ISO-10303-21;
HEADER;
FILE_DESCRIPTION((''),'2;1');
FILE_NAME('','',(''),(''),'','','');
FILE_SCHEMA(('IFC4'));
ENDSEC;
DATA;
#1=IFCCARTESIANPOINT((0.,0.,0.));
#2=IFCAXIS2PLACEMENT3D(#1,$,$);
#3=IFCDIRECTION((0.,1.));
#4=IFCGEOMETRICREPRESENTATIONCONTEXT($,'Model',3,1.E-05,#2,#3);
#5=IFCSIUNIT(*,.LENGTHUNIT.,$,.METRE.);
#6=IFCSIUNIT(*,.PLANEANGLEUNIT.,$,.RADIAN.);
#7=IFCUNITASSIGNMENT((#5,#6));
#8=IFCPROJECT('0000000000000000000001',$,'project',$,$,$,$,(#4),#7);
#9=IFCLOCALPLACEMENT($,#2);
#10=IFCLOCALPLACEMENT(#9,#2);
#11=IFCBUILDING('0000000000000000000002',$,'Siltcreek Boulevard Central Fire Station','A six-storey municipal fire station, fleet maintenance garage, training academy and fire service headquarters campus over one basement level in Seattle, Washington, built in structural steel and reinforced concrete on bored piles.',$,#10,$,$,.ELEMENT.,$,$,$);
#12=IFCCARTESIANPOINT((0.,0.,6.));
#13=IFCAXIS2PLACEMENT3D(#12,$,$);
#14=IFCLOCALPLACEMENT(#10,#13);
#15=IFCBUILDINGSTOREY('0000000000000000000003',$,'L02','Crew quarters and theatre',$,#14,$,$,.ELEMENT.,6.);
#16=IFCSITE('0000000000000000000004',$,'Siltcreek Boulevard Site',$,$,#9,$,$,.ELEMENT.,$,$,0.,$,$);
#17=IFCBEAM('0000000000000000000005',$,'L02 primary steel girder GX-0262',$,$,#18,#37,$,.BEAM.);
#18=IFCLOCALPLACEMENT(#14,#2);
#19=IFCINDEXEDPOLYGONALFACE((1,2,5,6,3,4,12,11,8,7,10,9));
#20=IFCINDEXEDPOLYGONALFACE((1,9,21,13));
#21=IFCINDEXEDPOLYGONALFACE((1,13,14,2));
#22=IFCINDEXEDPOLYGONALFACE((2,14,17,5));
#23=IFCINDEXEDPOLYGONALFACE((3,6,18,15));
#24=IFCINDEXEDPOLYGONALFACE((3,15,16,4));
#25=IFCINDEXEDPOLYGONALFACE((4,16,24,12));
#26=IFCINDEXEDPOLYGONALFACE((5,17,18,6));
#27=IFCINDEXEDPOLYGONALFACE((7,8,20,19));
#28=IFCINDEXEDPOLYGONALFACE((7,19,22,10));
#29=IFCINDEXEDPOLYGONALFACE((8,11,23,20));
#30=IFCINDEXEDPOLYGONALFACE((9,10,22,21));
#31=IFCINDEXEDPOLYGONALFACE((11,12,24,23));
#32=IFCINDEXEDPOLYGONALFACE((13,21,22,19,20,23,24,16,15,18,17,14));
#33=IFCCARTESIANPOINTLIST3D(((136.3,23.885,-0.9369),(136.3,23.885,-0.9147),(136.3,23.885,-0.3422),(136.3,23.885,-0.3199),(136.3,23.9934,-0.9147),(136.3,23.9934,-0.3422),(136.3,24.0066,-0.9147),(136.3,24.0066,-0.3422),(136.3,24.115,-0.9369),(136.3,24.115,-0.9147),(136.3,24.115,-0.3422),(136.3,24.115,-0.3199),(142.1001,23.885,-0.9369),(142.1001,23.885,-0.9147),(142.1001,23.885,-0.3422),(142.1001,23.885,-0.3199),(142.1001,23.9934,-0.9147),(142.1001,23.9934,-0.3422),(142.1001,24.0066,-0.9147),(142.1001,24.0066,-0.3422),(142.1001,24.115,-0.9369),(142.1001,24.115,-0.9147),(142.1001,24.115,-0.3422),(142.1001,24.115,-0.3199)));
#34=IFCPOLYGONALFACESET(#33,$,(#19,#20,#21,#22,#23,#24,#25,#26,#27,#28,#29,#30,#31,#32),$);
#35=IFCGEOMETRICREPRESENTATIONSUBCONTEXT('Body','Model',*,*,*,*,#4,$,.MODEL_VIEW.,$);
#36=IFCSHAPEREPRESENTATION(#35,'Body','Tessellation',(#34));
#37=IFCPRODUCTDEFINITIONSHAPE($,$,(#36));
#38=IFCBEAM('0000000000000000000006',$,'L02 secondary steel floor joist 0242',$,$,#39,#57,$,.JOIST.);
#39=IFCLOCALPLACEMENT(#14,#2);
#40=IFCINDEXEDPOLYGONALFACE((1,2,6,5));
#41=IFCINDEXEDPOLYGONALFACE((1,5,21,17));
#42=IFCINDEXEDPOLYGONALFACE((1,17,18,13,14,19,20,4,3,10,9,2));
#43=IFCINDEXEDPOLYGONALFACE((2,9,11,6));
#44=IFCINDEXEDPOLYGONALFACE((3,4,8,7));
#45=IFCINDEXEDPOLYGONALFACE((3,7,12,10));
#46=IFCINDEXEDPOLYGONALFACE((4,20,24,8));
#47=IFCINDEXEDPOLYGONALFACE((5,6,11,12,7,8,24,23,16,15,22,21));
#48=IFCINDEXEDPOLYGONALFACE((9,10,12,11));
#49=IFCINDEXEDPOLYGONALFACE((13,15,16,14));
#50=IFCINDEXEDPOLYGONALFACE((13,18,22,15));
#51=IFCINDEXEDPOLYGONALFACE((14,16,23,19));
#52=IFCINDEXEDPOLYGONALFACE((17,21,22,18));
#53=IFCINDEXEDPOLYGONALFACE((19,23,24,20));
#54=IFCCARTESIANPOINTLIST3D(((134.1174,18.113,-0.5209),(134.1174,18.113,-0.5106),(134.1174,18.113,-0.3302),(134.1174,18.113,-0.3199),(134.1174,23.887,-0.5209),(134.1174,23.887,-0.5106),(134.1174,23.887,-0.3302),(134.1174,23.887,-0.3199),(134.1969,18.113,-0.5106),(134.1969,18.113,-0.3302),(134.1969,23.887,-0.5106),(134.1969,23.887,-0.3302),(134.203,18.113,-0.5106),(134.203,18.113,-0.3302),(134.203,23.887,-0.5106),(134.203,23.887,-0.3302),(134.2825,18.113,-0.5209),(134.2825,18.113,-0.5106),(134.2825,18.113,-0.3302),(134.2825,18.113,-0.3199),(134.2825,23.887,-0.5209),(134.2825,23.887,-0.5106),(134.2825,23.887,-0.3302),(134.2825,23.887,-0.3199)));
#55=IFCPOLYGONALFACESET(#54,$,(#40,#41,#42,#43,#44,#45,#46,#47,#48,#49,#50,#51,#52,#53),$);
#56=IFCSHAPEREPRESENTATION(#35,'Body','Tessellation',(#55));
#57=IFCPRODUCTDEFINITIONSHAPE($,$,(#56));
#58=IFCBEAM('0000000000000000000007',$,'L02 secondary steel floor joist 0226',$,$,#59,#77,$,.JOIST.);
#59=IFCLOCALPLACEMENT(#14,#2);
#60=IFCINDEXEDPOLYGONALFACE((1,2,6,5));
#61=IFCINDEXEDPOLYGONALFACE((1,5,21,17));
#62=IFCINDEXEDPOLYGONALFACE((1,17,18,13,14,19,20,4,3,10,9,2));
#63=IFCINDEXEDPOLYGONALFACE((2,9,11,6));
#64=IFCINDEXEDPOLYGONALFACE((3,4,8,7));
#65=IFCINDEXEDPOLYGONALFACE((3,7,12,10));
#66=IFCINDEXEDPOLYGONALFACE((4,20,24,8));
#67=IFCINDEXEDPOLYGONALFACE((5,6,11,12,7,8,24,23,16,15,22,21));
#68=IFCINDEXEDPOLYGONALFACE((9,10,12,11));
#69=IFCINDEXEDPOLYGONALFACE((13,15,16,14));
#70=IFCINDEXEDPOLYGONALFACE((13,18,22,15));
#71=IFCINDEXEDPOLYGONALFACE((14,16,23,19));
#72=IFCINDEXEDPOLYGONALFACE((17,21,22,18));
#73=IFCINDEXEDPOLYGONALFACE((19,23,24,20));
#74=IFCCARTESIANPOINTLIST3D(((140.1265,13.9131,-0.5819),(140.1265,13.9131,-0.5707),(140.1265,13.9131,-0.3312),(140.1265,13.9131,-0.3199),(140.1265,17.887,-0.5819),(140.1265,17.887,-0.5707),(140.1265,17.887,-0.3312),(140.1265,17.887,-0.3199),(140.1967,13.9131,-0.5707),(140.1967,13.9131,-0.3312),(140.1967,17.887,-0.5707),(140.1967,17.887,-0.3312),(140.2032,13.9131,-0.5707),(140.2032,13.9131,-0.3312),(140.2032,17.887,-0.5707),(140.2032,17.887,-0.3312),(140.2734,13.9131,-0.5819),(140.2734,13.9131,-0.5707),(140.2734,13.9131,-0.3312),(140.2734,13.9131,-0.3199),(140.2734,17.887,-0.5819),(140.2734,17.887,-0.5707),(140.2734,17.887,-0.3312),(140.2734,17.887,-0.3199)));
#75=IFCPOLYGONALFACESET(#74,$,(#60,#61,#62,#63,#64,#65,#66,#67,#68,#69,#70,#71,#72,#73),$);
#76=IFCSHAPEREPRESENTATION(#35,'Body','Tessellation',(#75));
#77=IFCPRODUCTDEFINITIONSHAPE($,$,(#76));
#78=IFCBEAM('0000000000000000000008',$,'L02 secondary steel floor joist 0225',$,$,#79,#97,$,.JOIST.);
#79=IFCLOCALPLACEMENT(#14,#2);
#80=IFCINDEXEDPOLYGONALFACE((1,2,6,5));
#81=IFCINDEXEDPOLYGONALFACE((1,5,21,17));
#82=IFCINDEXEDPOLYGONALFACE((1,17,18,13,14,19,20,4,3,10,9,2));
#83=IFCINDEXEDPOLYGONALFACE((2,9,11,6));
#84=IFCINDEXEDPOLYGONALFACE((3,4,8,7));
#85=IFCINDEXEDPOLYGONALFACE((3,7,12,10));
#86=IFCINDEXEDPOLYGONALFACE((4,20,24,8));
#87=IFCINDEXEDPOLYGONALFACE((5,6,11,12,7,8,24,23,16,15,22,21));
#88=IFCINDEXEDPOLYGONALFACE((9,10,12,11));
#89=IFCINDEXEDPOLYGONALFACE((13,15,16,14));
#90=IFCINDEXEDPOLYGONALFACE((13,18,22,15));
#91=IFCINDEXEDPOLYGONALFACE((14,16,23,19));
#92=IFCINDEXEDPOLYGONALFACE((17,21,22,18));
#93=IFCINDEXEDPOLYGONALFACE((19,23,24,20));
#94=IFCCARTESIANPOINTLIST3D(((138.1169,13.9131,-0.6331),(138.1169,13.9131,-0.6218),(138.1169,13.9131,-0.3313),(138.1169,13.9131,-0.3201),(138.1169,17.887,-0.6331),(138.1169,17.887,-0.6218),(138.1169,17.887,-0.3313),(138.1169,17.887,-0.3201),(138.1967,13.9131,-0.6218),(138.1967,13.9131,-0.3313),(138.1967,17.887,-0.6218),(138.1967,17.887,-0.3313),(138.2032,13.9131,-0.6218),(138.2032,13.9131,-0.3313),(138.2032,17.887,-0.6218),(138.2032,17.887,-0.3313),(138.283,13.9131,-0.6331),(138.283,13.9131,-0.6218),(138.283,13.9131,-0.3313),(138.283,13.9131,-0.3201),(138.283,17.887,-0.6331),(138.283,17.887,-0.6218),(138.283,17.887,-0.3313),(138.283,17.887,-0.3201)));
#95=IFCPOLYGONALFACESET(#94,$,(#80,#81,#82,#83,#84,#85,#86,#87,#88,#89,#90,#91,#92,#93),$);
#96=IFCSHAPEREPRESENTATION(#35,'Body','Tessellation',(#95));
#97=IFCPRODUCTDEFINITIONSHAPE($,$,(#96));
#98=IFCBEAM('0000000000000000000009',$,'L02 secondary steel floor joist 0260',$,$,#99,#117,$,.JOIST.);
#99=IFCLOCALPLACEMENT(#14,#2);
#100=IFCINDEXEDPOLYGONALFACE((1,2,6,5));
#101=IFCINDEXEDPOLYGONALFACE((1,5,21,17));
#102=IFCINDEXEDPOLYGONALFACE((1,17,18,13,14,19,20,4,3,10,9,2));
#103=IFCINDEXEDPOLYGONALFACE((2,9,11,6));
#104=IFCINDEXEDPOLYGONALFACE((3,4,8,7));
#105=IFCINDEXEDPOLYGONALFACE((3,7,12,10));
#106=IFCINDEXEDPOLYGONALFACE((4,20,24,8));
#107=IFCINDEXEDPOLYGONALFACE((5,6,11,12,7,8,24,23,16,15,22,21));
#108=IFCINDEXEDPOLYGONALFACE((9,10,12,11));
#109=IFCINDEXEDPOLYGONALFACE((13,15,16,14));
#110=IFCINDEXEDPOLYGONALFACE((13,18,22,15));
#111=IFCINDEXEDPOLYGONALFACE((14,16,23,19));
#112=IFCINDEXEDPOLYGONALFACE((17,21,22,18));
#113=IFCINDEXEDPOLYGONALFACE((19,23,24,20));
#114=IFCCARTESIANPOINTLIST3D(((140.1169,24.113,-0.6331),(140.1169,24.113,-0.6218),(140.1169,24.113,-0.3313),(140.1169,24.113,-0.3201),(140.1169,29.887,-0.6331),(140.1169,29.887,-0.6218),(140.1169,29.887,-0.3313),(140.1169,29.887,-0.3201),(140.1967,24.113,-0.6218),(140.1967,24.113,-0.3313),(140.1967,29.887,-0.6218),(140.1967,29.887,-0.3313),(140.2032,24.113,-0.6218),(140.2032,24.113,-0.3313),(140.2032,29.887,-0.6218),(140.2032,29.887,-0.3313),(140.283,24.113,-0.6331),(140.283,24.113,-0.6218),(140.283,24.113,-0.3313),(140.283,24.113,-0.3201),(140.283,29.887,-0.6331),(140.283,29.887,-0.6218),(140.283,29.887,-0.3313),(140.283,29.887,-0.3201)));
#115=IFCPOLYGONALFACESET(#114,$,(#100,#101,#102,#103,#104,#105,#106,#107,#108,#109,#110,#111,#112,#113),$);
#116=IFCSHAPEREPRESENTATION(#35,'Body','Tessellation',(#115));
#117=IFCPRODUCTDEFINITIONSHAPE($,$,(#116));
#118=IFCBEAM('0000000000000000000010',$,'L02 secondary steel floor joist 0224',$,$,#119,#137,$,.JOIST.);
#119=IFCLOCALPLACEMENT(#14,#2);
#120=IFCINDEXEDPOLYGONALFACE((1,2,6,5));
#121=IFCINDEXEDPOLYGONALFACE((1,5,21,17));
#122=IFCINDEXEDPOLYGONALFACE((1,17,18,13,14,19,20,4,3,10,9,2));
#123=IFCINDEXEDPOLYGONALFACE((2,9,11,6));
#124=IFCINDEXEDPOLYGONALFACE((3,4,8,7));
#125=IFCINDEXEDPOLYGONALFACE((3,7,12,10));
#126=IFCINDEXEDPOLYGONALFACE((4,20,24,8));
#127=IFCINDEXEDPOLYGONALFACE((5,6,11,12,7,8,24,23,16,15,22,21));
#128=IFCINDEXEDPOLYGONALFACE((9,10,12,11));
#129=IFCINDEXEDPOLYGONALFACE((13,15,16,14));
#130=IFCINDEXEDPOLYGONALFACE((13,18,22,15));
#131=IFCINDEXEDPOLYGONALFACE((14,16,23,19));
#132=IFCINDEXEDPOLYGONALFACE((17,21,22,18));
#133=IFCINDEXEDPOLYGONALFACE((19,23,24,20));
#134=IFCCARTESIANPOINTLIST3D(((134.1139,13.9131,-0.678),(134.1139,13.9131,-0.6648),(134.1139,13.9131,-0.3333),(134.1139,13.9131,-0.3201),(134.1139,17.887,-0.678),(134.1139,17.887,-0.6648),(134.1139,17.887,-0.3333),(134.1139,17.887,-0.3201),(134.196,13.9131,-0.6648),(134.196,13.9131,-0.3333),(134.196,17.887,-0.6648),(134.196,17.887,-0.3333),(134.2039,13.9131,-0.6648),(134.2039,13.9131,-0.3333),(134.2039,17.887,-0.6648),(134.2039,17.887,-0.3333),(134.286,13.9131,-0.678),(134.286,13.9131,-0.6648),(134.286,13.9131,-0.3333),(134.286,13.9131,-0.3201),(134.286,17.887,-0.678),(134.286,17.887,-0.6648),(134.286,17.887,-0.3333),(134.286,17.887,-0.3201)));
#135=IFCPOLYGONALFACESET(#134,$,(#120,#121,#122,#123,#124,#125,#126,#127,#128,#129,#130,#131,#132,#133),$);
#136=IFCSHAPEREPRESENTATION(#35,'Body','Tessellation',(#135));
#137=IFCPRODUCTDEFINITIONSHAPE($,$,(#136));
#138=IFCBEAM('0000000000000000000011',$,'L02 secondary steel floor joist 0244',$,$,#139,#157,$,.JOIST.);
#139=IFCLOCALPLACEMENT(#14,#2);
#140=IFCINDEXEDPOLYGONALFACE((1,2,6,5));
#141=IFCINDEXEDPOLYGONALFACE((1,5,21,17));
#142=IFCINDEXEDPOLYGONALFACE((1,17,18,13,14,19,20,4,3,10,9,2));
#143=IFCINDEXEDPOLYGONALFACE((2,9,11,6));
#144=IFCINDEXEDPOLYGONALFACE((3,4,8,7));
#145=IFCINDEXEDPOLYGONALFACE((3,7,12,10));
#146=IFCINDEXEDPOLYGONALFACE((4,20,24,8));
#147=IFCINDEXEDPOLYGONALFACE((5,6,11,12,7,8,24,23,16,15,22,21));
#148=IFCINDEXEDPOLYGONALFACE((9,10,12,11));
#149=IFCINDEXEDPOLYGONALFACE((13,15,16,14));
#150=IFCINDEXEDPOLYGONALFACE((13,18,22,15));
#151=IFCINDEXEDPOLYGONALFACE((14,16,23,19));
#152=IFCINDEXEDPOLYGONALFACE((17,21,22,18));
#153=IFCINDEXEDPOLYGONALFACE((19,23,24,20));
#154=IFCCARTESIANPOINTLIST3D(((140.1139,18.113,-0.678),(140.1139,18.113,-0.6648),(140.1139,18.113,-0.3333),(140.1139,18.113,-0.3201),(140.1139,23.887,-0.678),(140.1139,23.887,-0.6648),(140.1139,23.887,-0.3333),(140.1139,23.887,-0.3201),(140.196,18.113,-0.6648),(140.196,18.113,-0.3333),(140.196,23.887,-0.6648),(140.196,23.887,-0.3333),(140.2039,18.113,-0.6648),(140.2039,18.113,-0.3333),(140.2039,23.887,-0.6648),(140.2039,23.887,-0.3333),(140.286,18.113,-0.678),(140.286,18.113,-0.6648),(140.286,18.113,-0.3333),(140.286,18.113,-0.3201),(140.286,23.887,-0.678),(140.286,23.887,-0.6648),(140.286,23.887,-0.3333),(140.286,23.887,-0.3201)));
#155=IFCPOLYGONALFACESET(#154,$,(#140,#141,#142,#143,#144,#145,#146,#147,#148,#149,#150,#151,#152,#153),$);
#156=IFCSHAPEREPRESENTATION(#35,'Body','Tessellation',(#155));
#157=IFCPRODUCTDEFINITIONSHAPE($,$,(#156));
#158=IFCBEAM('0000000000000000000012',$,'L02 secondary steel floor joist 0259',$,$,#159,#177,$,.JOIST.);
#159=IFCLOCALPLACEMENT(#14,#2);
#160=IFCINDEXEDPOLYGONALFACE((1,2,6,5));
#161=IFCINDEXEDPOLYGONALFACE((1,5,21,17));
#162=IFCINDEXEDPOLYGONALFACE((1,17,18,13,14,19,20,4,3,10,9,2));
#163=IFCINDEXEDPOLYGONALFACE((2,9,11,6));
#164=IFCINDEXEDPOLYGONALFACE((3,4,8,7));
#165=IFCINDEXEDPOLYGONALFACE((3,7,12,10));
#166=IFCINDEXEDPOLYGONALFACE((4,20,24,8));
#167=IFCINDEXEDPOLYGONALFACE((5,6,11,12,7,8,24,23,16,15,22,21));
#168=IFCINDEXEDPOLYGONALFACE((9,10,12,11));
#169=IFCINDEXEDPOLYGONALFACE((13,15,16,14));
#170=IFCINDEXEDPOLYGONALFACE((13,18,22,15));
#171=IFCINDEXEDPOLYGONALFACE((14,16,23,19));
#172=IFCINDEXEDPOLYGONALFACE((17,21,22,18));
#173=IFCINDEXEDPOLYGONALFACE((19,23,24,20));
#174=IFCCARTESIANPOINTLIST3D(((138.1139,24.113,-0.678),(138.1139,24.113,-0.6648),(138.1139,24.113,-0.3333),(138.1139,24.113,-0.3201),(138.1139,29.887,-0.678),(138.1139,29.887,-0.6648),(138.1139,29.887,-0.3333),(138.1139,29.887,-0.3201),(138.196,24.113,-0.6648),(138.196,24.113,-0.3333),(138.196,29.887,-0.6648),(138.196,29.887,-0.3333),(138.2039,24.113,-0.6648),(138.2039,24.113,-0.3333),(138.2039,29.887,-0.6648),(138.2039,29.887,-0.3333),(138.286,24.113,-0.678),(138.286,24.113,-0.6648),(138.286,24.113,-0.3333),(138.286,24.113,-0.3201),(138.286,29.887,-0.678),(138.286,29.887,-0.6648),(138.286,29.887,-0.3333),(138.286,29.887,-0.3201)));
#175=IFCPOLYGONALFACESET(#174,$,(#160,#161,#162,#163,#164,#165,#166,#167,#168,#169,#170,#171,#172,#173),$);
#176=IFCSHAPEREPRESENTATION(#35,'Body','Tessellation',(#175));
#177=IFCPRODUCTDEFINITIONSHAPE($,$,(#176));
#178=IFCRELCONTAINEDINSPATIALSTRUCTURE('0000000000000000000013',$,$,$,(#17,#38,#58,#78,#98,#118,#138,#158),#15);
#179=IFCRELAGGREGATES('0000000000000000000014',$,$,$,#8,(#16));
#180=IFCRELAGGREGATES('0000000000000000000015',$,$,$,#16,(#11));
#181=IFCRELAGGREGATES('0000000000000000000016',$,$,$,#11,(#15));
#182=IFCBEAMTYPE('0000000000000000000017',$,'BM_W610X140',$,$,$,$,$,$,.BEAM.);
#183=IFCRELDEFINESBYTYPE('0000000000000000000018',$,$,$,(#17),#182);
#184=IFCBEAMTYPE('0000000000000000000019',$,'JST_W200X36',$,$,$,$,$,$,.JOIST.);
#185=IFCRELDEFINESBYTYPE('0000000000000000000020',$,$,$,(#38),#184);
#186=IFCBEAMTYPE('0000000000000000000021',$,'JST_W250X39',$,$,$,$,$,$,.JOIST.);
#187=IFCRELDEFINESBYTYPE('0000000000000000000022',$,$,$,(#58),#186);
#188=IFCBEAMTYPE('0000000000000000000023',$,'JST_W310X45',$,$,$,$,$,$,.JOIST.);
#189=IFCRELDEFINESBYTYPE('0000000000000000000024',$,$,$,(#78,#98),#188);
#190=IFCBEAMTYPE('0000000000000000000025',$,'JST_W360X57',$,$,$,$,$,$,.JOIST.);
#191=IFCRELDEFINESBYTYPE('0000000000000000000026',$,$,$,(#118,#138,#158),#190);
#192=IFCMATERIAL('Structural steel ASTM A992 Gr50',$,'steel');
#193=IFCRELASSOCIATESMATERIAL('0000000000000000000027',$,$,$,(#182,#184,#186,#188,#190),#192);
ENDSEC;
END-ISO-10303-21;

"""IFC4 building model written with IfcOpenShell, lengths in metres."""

from ifc_helpers import new_model, si_unit, direction, frame, origin, origin_2d, place, context, subcontext, project, spatial, i_section, extrude, material, material_profile, profile_set, type_object, element, save


model = new_model("IFC4")

# Units and contexts
model_context = context("Model", 3, precision=1e-05, world=origin(), true_north=direction((0.0, 1.0)))
body_context = subcontext(model_context, "Body", "Model", "MODEL_VIEW")
ifc_project = project(units=[si_unit("LENGTHUNIT", "METRE"), si_unit("PLANEANGLEUNIT", "RADIAN")], contexts=[model_context])

# Site, building, storey
site_placement = place(None, origin())
site = spatial("IfcSite", under=ifc_project, at=site_placement, Name="Siltcreek Boulevard Site", CompositionType="ELEMENT", RefElevation=0.0)
building_placement = place(site_placement, origin())
building = spatial("IfcBuilding", under=site, at=building_placement, Name="Siltcreek Boulevard Central Fire Station", Description="A six-storey municipal fire station, fleet maintenance garage, training academy and fire service headquarters campus over one basement level in Seattle, Washington, built in structural steel and reinforced concrete on bored piles.", CompositionType="ELEMENT")
storey_placement = place(building_placement, frame((0.0, 0.0, 6.0)))
storey = spatial("IfcBuildingStorey", under=building, at=storey_placement, Name="L02", Description="Crew quarters and theatre", CompositionType="ELEMENT", Elevation=6.0)

# Shared definitions
ifc_material_1 = material(Name="Structural steel ASTM A992 Gr50", Category="steel")

# Beams
ifc_material_profile_1 = material_profile(ifc_material_1, i_section(OverallWidth=0.23, OverallDepth=0.6169, WebThickness=0.0132, FlangeThickness=0.0222, at=origin_2d()), Name="W610X140")
ifc_profile_set_1 = profile_set([ifc_material_profile_1], Name="Structural steel ASTM A992 Gr50")
beam_type_1 = type_object("IfcBeamType", Name="BM_W610X140", PredefinedType="BEAM", material=ifc_profile_set_1)
for number, where, z_axis, x_axis, name in (
    (1, (136.3, 24.0, -0.6284), (1.0, 0.0, 0.0), (0.0, 1.0, 0.0), "L02 primary steel girder GX-0262"),
):
    element("IfcBeam", number, at=place(storey_placement, frame(where, z_axis=z_axis, x_axis=x_axis)), inside=storey, type_object=beam_type_1, Name=name, PredefinedType="BEAM", context=body_context, shape_type="SweptSolid", body=[
        extrude(i_section(OverallWidth=0.23, OverallDepth=0.6169, WebThickness=0.0132, FlangeThickness=0.0222, at=origin_2d()), origin(), (0.0, 0.0, 1.0), 5.8),
    ])
ifc_material_profile_2 = material_profile(ifc_material_1, i_section(OverallWidth=0.165, OverallDepth=0.2009, WebThickness=0.0061, FlangeThickness=0.0103, at=origin_2d()), Name="W200X36")
ifc_profile_set_2 = profile_set([ifc_material_profile_2], Name="Structural steel ASTM A992 Gr50")
beam_type_2 = type_object("IfcBeamType", Name="JST_W200X36", PredefinedType="JOIST", material=ifc_profile_set_2)
beam_1_placement = place(storey_placement, frame((134.2, 18.113, -0.4204), z_axis=(0.0, 1.0, 0.0), x_axis=(-1.0, 0.0, 0.0)))
element("IfcBeam", 2, at=beam_1_placement, inside=storey, type_object=beam_type_2, Name="L02 secondary steel floor joist 0242", PredefinedType="JOIST", context=body_context, shape_type="SweptSolid", body=[
    extrude(i_section(OverallWidth=0.165, OverallDepth=0.2009, WebThickness=0.0061, FlangeThickness=0.0103, at=origin_2d()), origin(), (0.0, 0.0, 1.0), 5.7739),
])
ifc_material_profile_3 = material_profile(ifc_material_1, i_section(OverallWidth=0.147, OverallDepth=0.262, WebThickness=0.0066, FlangeThickness=0.0112, at=origin_2d()), Name="W250X39")
ifc_profile_set_3 = profile_set([ifc_material_profile_3], Name="Structural steel ASTM A992 Gr50")
beam_type_3 = type_object("IfcBeamType", Name="JST_W250X39", PredefinedType="JOIST", material=ifc_profile_set_3)
beam_2_placement = place(storey_placement, frame((140.2, 13.9131, -0.4509), z_axis=(0.0, 1.0, 0.0), x_axis=(-1.0, 0.0, 0.0)))
element("IfcBeam", 3, at=beam_2_placement, inside=storey, type_object=beam_type_3, Name="L02 secondary steel floor joist 0226", PredefinedType="JOIST", context=body_context, shape_type="SweptSolid", body=[
    extrude(i_section(OverallWidth=0.147, OverallDepth=0.262, WebThickness=0.0066, FlangeThickness=0.0112, at=origin_2d()), origin(), (0.0, 0.0, 1.0), 3.9739),
])
ifc_material_profile_4 = material_profile(ifc_material_1, i_section(OverallWidth=0.166, OverallDepth=0.313, WebThickness=0.0066, FlangeThickness=0.0112, at=origin_2d()), Name="W310X45")
ifc_profile_set_4 = profile_set([ifc_material_profile_4], Name="Structural steel ASTM A992 Gr50")
beam_type_4 = type_object("IfcBeamType", Name="JST_W310X45", PredefinedType="JOIST", material=ifc_profile_set_4)
beam_3_placement = place(storey_placement, frame((138.2, 13.9131, -0.4766), z_axis=(0.0, 1.0, 0.0), x_axis=(-1.0, 0.0, 0.0)))
element("IfcBeam", 4, at=beam_3_placement, inside=storey, type_object=beam_type_4, Name="L02 secondary steel floor joist 0225", PredefinedType="JOIST", context=body_context, shape_type="SweptSolid", body=[
    extrude(i_section(OverallWidth=0.166, OverallDepth=0.313, WebThickness=0.0066, FlangeThickness=0.0112, at=origin_2d()), origin(), (0.0, 0.0, 1.0), 3.9739),
])
beam_4_placement = place(storey_placement, frame((140.2, 24.113, -0.4766), z_axis=(0.0, 1.0, 0.0), x_axis=(-1.0, 0.0, 0.0)))
element("IfcBeam", 5, at=beam_4_placement, inside=storey, type_object=beam_type_4, Name="L02 secondary steel floor joist 0260", PredefinedType="JOIST", context=body_context, shape_type="SweptSolid", body=[
    extrude(i_section(OverallWidth=0.166, OverallDepth=0.313, WebThickness=0.0066, FlangeThickness=0.0112, at=origin_2d()), origin(), (0.0, 0.0, 1.0), 5.7739),
])
ifc_material_profile_5 = material_profile(ifc_material_1, i_section(OverallWidth=0.1721, OverallDepth=0.3579, WebThickness=0.0078, FlangeThickness=0.0132, at=origin_2d()), Name="W360X57")
ifc_profile_set_5 = profile_set([ifc_material_profile_5], Name="Structural steel ASTM A992 Gr50")
beam_type_5 = type_object("IfcBeamType", Name="JST_W360X57", PredefinedType="JOIST", material=ifc_profile_set_5)
beam_5_placement = place(storey_placement, frame((134.2, 13.9131, -0.499), z_axis=(0.0, 1.0, 0.0), x_axis=(-1.0, 0.0, 0.0)))
element("IfcBeam", 6, at=beam_5_placement, inside=storey, type_object=beam_type_5, Name="L02 secondary steel floor joist 0224", PredefinedType="JOIST", context=body_context, shape_type="SweptSolid", body=[
    extrude(i_section(OverallWidth=0.1721, OverallDepth=0.3579, WebThickness=0.0078, FlangeThickness=0.0132, at=origin_2d()), origin(), (0.0, 0.0, 1.0), 3.9739),
])
for number, where, z_axis, x_axis, name in (
    (7, (140.2, 18.113, -0.499), (0.0, 1.0, 0.0), (-1.0, 0.0, 0.0), "L02 secondary steel floor joist 0244"),
    (8, (138.2, 24.113, -0.499), (0.0, 1.0, 0.0), (-1.0, 0.0, 0.0), "L02 secondary steel floor joist 0259"),
):
    element("IfcBeam", number, at=place(storey_placement, frame(where, z_axis=z_axis, x_axis=x_axis)), inside=storey, type_object=beam_type_5, Name=name, PredefinedType="JOIST", context=body_context, shape_type="SweptSolid", body=[
        extrude(i_section(OverallWidth=0.1721, OverallDepth=0.3579, WebThickness=0.0078, FlangeThickness=0.0132, at=origin_2d()), origin(), (0.0, 0.0, 1.0), 5.7739),
    ])

save(model, "model.ifc")
